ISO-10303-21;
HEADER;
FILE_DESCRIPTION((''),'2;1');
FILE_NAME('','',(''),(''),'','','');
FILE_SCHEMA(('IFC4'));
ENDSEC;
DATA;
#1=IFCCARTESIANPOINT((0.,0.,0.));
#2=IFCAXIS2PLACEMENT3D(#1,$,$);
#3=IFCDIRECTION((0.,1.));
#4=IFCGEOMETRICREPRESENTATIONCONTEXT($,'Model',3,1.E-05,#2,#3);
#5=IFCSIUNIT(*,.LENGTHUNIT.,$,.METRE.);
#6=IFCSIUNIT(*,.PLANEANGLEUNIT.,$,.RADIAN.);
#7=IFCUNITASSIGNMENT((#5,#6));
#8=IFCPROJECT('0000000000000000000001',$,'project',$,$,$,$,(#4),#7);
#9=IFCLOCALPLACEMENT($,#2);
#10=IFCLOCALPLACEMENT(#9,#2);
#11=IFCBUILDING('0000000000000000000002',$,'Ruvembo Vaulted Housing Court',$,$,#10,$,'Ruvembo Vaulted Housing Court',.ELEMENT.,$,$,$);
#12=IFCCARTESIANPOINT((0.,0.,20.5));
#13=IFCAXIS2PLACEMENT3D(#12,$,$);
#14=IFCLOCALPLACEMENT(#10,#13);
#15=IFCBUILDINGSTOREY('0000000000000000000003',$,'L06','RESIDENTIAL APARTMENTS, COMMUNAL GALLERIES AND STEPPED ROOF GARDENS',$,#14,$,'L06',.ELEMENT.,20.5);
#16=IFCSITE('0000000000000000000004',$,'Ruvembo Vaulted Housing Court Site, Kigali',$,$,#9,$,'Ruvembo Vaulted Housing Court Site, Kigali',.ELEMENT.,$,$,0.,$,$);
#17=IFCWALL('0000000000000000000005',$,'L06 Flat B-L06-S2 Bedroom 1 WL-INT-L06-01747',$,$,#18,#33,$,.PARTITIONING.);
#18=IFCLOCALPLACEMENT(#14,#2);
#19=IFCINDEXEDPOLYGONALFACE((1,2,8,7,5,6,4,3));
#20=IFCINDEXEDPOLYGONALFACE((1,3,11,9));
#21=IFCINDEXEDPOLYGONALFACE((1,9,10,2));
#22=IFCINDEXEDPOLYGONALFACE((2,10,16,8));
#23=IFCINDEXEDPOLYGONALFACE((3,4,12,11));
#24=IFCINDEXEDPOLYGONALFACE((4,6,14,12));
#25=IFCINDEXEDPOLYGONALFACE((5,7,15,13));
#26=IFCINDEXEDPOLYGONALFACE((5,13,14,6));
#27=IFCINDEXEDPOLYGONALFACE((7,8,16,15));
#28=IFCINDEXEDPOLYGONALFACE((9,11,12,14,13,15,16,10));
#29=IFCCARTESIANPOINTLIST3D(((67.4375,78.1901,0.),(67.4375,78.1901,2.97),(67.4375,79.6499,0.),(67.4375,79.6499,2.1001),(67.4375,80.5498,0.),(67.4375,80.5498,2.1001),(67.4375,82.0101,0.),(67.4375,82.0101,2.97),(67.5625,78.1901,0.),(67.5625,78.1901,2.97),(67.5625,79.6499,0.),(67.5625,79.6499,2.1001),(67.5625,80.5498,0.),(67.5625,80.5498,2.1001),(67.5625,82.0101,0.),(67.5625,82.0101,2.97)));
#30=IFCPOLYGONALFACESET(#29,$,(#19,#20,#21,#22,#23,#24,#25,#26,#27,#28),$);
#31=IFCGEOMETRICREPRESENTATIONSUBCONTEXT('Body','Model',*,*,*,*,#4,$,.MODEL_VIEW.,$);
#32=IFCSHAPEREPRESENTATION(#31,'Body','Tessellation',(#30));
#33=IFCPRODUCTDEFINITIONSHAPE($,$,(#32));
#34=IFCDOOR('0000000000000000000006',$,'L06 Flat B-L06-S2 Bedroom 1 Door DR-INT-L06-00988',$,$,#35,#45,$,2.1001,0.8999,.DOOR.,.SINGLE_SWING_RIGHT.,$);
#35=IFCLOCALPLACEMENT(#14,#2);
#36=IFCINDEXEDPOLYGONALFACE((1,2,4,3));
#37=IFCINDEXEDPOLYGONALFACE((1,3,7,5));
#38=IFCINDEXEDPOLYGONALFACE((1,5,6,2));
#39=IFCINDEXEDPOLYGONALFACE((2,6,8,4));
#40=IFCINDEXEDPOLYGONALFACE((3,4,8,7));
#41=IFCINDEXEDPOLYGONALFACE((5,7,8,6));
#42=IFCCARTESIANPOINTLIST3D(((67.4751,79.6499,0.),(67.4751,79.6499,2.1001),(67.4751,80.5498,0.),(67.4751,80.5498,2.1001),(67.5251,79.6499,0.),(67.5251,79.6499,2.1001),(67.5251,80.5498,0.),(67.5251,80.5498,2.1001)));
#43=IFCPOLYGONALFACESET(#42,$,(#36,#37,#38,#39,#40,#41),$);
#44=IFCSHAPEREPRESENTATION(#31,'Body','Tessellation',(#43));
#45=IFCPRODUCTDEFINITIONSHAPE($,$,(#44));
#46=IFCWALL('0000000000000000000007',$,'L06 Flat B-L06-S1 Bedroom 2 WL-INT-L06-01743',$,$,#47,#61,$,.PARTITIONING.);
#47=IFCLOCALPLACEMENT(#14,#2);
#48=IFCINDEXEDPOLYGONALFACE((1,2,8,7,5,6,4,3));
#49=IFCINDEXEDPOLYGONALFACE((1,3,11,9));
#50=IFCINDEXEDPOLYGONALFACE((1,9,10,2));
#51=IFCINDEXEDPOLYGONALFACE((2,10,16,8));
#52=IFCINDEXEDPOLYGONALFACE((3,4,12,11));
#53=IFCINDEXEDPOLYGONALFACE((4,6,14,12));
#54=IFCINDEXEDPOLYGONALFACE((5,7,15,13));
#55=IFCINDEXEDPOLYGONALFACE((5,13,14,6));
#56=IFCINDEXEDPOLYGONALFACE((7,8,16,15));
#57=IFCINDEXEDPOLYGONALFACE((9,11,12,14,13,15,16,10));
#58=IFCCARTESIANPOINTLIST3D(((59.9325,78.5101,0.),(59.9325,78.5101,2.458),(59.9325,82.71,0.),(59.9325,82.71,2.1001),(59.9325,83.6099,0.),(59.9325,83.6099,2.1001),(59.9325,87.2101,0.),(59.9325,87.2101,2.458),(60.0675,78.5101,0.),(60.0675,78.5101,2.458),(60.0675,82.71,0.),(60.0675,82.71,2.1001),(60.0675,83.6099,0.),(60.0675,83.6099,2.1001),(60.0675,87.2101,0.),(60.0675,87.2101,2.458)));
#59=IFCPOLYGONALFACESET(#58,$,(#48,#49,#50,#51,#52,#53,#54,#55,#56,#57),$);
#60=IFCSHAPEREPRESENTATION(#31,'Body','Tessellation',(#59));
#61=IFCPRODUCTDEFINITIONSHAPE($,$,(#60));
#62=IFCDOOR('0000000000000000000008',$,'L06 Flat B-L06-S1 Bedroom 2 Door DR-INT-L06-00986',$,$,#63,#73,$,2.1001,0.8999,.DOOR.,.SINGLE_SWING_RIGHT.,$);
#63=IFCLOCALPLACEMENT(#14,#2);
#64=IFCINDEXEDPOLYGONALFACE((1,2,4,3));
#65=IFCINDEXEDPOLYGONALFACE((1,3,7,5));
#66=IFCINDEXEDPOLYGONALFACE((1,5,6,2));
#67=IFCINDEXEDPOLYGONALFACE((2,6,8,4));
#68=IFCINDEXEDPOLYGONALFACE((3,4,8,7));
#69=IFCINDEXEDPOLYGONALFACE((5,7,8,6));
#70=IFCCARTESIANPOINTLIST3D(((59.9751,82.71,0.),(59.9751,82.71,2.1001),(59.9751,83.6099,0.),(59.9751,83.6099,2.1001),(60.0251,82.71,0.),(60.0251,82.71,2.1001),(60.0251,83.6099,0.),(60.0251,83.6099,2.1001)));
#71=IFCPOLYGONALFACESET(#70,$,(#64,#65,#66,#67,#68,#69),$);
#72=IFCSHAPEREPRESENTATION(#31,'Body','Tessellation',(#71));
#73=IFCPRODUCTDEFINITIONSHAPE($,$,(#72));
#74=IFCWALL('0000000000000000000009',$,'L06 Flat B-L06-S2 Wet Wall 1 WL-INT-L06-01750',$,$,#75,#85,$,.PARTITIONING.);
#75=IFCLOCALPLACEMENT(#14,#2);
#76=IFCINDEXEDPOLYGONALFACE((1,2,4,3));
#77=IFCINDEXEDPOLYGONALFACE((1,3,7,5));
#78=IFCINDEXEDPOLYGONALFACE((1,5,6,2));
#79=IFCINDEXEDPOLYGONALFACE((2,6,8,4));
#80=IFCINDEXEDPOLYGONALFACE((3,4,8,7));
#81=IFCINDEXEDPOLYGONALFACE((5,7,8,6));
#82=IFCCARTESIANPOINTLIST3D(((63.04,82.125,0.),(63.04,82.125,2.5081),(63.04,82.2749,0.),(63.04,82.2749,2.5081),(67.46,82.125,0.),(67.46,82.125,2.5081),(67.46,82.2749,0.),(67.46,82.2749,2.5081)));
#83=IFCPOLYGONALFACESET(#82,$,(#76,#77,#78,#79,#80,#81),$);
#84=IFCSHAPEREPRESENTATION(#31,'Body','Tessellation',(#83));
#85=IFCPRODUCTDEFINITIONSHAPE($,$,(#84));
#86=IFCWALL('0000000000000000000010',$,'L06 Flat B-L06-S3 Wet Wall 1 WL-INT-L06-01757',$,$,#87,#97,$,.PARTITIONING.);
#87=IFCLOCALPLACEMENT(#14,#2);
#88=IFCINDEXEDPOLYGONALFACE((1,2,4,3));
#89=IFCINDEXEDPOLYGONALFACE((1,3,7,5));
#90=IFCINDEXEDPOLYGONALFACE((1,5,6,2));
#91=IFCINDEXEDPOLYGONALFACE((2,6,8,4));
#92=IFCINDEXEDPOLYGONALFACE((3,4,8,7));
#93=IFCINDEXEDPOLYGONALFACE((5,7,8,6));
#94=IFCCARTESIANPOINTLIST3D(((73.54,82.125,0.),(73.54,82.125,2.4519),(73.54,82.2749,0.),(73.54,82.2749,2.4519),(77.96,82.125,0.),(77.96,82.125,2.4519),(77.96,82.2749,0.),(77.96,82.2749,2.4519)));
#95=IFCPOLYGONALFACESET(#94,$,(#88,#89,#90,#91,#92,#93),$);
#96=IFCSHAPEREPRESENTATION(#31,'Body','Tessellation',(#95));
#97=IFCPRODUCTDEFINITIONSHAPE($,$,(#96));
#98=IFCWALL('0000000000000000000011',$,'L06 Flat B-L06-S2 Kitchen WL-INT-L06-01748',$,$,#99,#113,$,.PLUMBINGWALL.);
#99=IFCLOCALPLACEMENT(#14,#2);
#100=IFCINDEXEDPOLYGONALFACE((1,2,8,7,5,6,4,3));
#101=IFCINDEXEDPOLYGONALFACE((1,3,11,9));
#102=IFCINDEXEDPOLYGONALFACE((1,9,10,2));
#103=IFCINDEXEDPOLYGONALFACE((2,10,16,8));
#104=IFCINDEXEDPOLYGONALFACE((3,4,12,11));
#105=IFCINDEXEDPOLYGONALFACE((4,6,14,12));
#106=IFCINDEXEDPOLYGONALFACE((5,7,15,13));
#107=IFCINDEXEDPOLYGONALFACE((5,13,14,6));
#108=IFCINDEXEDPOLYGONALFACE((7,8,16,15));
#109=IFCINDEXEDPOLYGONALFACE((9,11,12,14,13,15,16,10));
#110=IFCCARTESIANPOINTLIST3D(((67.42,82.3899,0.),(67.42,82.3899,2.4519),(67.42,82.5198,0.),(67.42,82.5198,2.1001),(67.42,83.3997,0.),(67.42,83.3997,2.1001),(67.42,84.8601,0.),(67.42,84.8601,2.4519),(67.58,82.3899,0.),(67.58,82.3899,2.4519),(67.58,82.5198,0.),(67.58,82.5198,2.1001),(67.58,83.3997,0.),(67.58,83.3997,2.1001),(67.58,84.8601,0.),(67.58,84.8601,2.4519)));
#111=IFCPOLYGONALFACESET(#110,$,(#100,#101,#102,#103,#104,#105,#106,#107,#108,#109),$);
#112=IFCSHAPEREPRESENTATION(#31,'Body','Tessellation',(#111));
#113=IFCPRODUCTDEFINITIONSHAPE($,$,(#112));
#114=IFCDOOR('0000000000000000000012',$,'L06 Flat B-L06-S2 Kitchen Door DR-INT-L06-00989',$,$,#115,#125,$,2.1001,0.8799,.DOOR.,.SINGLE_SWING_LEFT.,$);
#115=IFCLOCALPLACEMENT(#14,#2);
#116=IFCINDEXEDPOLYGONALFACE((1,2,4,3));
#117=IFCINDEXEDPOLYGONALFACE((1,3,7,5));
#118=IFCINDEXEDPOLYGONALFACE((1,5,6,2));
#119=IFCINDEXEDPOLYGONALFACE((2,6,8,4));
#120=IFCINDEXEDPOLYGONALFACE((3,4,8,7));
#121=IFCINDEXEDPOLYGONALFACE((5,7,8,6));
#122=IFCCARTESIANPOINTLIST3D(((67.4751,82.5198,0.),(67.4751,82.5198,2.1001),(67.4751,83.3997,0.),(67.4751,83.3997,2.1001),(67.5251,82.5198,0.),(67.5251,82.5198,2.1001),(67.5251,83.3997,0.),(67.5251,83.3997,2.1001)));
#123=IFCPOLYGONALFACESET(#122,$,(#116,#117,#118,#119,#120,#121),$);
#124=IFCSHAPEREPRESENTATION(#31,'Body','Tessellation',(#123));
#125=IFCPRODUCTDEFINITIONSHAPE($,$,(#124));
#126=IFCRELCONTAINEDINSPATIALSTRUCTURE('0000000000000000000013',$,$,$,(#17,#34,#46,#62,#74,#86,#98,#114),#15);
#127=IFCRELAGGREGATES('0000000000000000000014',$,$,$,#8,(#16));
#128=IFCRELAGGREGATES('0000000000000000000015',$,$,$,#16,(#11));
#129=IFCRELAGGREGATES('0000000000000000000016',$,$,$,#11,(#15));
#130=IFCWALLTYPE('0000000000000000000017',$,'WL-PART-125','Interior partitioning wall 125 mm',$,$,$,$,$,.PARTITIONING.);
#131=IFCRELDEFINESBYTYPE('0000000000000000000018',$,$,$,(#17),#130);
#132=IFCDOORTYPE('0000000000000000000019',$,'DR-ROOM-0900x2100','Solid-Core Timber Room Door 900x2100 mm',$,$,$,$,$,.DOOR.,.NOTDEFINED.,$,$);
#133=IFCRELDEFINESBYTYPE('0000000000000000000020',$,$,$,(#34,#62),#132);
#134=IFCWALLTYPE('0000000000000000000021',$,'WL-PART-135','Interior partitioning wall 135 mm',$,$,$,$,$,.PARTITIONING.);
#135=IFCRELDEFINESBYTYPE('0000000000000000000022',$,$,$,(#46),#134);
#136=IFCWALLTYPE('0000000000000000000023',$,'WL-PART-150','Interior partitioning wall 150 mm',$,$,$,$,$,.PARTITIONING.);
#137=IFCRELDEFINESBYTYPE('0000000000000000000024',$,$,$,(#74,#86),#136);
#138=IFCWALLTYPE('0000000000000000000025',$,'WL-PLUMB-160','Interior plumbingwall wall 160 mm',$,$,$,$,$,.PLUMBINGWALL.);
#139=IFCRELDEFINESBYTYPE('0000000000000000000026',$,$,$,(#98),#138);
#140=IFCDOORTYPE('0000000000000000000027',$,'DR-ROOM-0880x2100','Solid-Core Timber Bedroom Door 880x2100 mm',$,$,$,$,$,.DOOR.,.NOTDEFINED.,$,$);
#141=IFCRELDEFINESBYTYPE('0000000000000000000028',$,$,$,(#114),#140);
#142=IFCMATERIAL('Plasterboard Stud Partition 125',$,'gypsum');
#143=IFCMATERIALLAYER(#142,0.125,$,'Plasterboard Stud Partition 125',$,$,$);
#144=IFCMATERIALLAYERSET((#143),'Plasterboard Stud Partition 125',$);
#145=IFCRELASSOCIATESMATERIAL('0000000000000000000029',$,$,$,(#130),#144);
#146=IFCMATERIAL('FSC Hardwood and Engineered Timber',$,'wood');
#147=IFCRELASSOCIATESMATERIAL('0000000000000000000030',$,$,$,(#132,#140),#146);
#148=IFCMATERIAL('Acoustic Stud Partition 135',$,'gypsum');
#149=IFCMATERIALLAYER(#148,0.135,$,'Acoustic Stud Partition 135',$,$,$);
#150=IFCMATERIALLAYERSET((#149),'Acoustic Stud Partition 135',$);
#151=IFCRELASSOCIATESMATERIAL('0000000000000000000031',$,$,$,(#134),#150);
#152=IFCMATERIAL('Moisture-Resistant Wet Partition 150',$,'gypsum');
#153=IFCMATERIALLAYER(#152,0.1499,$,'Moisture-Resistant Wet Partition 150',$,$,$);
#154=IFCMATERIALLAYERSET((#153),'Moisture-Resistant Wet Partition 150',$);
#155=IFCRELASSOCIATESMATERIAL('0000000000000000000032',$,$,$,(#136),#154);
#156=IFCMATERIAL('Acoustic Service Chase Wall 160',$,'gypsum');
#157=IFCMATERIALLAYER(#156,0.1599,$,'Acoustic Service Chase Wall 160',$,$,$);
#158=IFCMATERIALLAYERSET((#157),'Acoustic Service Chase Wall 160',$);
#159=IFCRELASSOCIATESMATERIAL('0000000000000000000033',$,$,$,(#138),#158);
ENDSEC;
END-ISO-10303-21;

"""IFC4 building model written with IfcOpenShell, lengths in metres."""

from ifc_helpers import new_model, si_unit, direction, frame, frame_2d, origin, place, context, subcontext, project, spatial, rectangle, extrude, material, layer, layer_set, type_object, element, fill, save


model = new_model("IFC4")

# Units and contexts
model_context = context("Model", 3, precision=1e-05, world=origin(), true_north=direction((0.0, 1.0)))
body_context = subcontext(model_context, "Body", "Model", "MODEL_VIEW")
ifc_project = project(units=[si_unit("LENGTHUNIT", "METRE"), si_unit("PLANEANGLEUNIT", "RADIAN")], contexts=[model_context])

# Site, building, storey
site_placement = place(None, origin())
site = spatial("IfcSite", under=ifc_project, at=site_placement, Name="Ruvembo Vaulted Housing Court Site, Kigali", LongName="Ruvembo Vaulted Housing Court Site, Kigali", CompositionType="ELEMENT", RefElevation=0.0)
building_placement = place(site_placement, origin())
building = spatial("IfcBuilding", under=site, at=building_placement, Name="Ruvembo Vaulted Housing Court", LongName="Ruvembo Vaulted Housing Court", CompositionType="ELEMENT")
storey_placement = place(building_placement, frame((0.0, 0.0, 20.5)))
storey = spatial("IfcBuildingStorey", under=building, at=storey_placement, Name="L06", Description="RESIDENTIAL APARTMENTS, COMMUNAL GALLERIES AND STEPPED ROOF GARDENS", LongName="L06", CompositionType="ELEMENT", Elevation=20.5)

# Walls, openings, doors
ifc_material_1 = material(Name="Plasterboard Stud Partition 125", Category="gypsum")
ifc_layer_1 = layer(ifc_material_1, 0.125, Name="Plasterboard Stud Partition 125")
ifc_layer_set_1 = layer_set([ifc_layer_1], Name="Plasterboard Stud Partition 125")
wall_type_1 = type_object("IfcWallType", Name="WL-PART-125", Description="Interior partitioning wall 125 mm", PredefinedType="PARTITIONING", material=ifc_layer_set_1)
wall_1_placement = place(storey_placement, frame((67.5, 78.1899, 0.0), z_axis=(0.0, 0.0, 1.0), x_axis=(0.0, 1.0, 0.0)))
wall_1 = element("IfcWall", 1, at=wall_1_placement, inside=storey, type_object=wall_type_1, Name="L06 Flat B-L06-S2 Bedroom 1 WL-INT-L06-01747", PredefinedType="PARTITIONING", context=body_context, shape_type="SweptSolid", body=[
    extrude(rectangle(XDim=3.8201, YDim=0.125, at=frame_2d((1.9102, 0.0))), origin(), (0.0, 0.0, 1.0), 2.97),
])
opening_1_placement = place(wall_1_placement, frame((1.46, 0.0, 0.0)))
opening_1 = element("IfcOpeningElement", 2, at=opening_1_placement, cuts=wall_1, PredefinedType="OPENING", context=body_context, shape_type="SweptSolid", body=[
    extrude(rectangle(XDim=0.8999, YDim=2.1001, at=frame_2d((0.45, 1.05))), frame((0.0, 0.0725, 0.0), z_axis=(0.0, -1.0, 0.0), x_axis=(1.0, 0.0, 0.0)), (0.0, 0.0, 1.0), 0.145),
])
ifc_material_2 = material(Name="FSC Hardwood and Engineered Timber", Category="wood")
door_type_1 = type_object("IfcDoorType", Name="DR-ROOM-0900x2100", Description="Solid-Core Timber Room Door 900x2100 mm", OperationType="NOTDEFINED", PredefinedType="DOOR", material=ifc_material_2)
door_1_placement = place(opening_1_placement, origin())
door_1 = element("IfcDoor", 3, at=door_1_placement, inside=storey, type_object=door_type_1, Name="L06 Flat B-L06-S2 Bedroom 1 Door DR-INT-L06-00988", OperationType="SINGLE_SWING_RIGHT", OverallHeight=2.1001, OverallWidth=0.8999, PredefinedType="DOOR", context=body_context, shape_type="SweptSolid", body=[
    extrude(rectangle(XDim=0.8999, YDim=2.1001, at=frame_2d((0.45, 1.05))), frame((0.0, 0.0249, 0.0), z_axis=(0.0, -1.0, 0.0), x_axis=(1.0, 0.0, 0.0)), (0.0, 0.0, 1.0), 0.05),
])
fill(opening_1, door_1)
ifc_material_3 = material(Name="Acoustic Stud Partition 135", Category="gypsum")
ifc_layer_2 = layer(ifc_material_3, 0.135, Name="Acoustic Stud Partition 135")
ifc_layer_set_2 = layer_set([ifc_layer_2], Name="Acoustic Stud Partition 135")
wall_type_2 = type_object("IfcWallType", Name="WL-PART-135", Description="Interior partitioning wall 135 mm", PredefinedType="PARTITIONING", material=ifc_layer_set_2)
wall_2_placement = place(storey_placement, frame((60.0, 78.51, 0.0), z_axis=(0.0, 0.0, 1.0), x_axis=(0.0, 1.0, 0.0)))
wall_2 = element("IfcWall", 4, at=wall_2_placement, inside=storey, type_object=wall_type_2, Name="L06 Flat B-L06-S1 Bedroom 2 WL-INT-L06-01743", PredefinedType="PARTITIONING", context=body_context, shape_type="SweptSolid", body=[
    extrude(rectangle(XDim=8.7, YDim=0.135, at=frame_2d((4.3501, 0.0))), origin(), (0.0, 0.0, 1.0), 2.458),
])
opening_2_placement = place(wall_2_placement, frame((4.2, 0.0, 0.0)))
opening_2 = element("IfcOpeningElement", 5, at=opening_2_placement, cuts=wall_2, PredefinedType="OPENING", context=body_context, shape_type="SweptSolid", body=[
    extrude(rectangle(XDim=0.8999, YDim=2.1001, at=frame_2d((0.45, 1.05))), frame((0.0, 0.0774, 0.0), z_axis=(0.0, -1.0, 0.0), x_axis=(1.0, 0.0, 0.0)), (0.0, 0.0, 1.0), 0.155),
])
door_2_placement = place(opening_2_placement, origin())
door_2 = element("IfcDoor", 6, at=door_2_placement, inside=storey, type_object=door_type_1, Name="L06 Flat B-L06-S1 Bedroom 2 Door DR-INT-L06-00986", OperationType="SINGLE_SWING_RIGHT", OverallHeight=2.1001, OverallWidth=0.8999, PredefinedType="DOOR", context=body_context, shape_type="SweptSolid", body=[
    extrude(rectangle(XDim=0.8999, YDim=2.1001, at=frame_2d((0.45, 1.05))), frame((0.0, 0.0249, 0.0), z_axis=(0.0, -1.0, 0.0), x_axis=(1.0, 0.0, 0.0)), (0.0, 0.0, 1.0), 0.05),
])
fill(opening_2, door_2)

# Walls
ifc_material_4 = material(Name="Moisture-Resistant Wet Partition 150", Category="gypsum")
ifc_layer_3 = layer(ifc_material_4, 0.1499, Name="Moisture-Resistant Wet Partition 150")
ifc_layer_set_3 = layer_set([ifc_layer_3], Name="Moisture-Resistant Wet Partition 150")
wall_type_3 = type_object("IfcWallType", Name="WL-PART-150", Description="Interior partitioning wall 150 mm", PredefinedType="PARTITIONING", material=ifc_layer_set_3)
wall_3_placement = place(storey_placement, frame((63.04, 82.2, 0.0), z_axis=(0.0, 0.0, 1.0), x_axis=(1.0, 0.0, 0.0)))
element("IfcWall", 7, at=wall_3_placement, inside=storey, type_object=wall_type_3, Name="L06 Flat B-L06-S2 Wet Wall 1 WL-INT-L06-01750", PredefinedType="PARTITIONING", context=body_context, shape_type="SweptSolid", body=[
    extrude(rectangle(XDim=4.4199, YDim=0.1499, at=frame_2d((2.21, 0.0))), origin(), (0.0, 0.0, 1.0), 2.5081),
])
wall_4_placement = place(storey_placement, frame((73.54, 82.2, 0.0), z_axis=(0.0, 0.0, 1.0), x_axis=(1.0, 0.0, 0.0)))
element("IfcWall", 8, at=wall_4_placement, inside=storey, type_object=wall_type_3, Name="L06 Flat B-L06-S3 Wet Wall 1 WL-INT-L06-01757", PredefinedType="PARTITIONING", context=body_context, shape_type="SweptSolid", body=[
    extrude(rectangle(XDim=4.4199, YDim=0.1499, at=frame_2d((2.21, 0.0))), origin(), (0.0, 0.0, 1.0), 2.4519),
])

# Wall, opening, door
ifc_material_5 = material(Name="Acoustic Service Chase Wall 160", Category="gypsum")
ifc_layer_4 = layer(ifc_material_5, 0.1599, Name="Acoustic Service Chase Wall 160")
ifc_layer_set_4 = layer_set([ifc_layer_4], Name="Acoustic Service Chase Wall 160")
wall_type_4 = type_object("IfcWallType", Name="WL-PLUMB-160", Description="Interior plumbingwall wall 160 mm", PredefinedType="PLUMBINGWALL", material=ifc_layer_set_4)
wall_5_placement = place(storey_placement, frame((67.5, 82.3899, 0.0), z_axis=(0.0, 0.0, 1.0), x_axis=(0.0, 1.0, 0.0)))
wall_5 = element("IfcWall", 9, at=wall_5_placement, inside=storey, type_object=wall_type_4, Name="L06 Flat B-L06-S2 Kitchen WL-INT-L06-01748", PredefinedType="PLUMBINGWALL", context=body_context, shape_type="SweptSolid", body=[
    extrude(rectangle(XDim=2.4702, YDim=0.1599, at=frame_2d((1.2351, 0.0))), origin(), (0.0, 0.0, 1.0), 2.4519),
])
opening_3_placement = place(wall_5_placement, frame((0.1299, 0.0, 0.0)))
opening_3 = element("IfcOpeningElement", 10, at=opening_3_placement, cuts=wall_5, PredefinedType="OPENING", context=body_context, shape_type="SweptSolid", body=[
    extrude(rectangle(XDim=0.8799, YDim=2.1001, at=frame_2d((0.4399, 1.05))), frame((0.0, 0.0898, 0.0), z_axis=(0.0, -1.0, 0.0), x_axis=(1.0, 0.0, 0.0)), (0.0, 0.0, 1.0), 0.1799),
])
door_type_2 = type_object("IfcDoorType", Name="DR-ROOM-0880x2100", Description="Solid-Core Timber Bedroom Door 880x2100 mm", OperationType="NOTDEFINED", PredefinedType="DOOR", material=ifc_material_2)
door_3_placement = place(opening_3_placement, origin())
door_3 = element("IfcDoor", 11, at=door_3_placement, inside=storey, type_object=door_type_2, Name="L06 Flat B-L06-S2 Kitchen Door DR-INT-L06-00989", OperationType="SINGLE_SWING_LEFT", OverallHeight=2.1001, OverallWidth=0.8799, PredefinedType="DOOR", context=body_context, shape_type="SweptSolid", body=[
    extrude(rectangle(XDim=0.8799, YDim=2.1001, at=frame_2d((0.4399, 1.05))), frame((0.0, 0.0249, 0.0), z_axis=(0.0, -1.0, 0.0), x_axis=(1.0, 0.0, 0.0)), (0.0, 0.0, 1.0), 0.05),
])
fill(opening_3, door_3)

save(model, "model.ifc")
